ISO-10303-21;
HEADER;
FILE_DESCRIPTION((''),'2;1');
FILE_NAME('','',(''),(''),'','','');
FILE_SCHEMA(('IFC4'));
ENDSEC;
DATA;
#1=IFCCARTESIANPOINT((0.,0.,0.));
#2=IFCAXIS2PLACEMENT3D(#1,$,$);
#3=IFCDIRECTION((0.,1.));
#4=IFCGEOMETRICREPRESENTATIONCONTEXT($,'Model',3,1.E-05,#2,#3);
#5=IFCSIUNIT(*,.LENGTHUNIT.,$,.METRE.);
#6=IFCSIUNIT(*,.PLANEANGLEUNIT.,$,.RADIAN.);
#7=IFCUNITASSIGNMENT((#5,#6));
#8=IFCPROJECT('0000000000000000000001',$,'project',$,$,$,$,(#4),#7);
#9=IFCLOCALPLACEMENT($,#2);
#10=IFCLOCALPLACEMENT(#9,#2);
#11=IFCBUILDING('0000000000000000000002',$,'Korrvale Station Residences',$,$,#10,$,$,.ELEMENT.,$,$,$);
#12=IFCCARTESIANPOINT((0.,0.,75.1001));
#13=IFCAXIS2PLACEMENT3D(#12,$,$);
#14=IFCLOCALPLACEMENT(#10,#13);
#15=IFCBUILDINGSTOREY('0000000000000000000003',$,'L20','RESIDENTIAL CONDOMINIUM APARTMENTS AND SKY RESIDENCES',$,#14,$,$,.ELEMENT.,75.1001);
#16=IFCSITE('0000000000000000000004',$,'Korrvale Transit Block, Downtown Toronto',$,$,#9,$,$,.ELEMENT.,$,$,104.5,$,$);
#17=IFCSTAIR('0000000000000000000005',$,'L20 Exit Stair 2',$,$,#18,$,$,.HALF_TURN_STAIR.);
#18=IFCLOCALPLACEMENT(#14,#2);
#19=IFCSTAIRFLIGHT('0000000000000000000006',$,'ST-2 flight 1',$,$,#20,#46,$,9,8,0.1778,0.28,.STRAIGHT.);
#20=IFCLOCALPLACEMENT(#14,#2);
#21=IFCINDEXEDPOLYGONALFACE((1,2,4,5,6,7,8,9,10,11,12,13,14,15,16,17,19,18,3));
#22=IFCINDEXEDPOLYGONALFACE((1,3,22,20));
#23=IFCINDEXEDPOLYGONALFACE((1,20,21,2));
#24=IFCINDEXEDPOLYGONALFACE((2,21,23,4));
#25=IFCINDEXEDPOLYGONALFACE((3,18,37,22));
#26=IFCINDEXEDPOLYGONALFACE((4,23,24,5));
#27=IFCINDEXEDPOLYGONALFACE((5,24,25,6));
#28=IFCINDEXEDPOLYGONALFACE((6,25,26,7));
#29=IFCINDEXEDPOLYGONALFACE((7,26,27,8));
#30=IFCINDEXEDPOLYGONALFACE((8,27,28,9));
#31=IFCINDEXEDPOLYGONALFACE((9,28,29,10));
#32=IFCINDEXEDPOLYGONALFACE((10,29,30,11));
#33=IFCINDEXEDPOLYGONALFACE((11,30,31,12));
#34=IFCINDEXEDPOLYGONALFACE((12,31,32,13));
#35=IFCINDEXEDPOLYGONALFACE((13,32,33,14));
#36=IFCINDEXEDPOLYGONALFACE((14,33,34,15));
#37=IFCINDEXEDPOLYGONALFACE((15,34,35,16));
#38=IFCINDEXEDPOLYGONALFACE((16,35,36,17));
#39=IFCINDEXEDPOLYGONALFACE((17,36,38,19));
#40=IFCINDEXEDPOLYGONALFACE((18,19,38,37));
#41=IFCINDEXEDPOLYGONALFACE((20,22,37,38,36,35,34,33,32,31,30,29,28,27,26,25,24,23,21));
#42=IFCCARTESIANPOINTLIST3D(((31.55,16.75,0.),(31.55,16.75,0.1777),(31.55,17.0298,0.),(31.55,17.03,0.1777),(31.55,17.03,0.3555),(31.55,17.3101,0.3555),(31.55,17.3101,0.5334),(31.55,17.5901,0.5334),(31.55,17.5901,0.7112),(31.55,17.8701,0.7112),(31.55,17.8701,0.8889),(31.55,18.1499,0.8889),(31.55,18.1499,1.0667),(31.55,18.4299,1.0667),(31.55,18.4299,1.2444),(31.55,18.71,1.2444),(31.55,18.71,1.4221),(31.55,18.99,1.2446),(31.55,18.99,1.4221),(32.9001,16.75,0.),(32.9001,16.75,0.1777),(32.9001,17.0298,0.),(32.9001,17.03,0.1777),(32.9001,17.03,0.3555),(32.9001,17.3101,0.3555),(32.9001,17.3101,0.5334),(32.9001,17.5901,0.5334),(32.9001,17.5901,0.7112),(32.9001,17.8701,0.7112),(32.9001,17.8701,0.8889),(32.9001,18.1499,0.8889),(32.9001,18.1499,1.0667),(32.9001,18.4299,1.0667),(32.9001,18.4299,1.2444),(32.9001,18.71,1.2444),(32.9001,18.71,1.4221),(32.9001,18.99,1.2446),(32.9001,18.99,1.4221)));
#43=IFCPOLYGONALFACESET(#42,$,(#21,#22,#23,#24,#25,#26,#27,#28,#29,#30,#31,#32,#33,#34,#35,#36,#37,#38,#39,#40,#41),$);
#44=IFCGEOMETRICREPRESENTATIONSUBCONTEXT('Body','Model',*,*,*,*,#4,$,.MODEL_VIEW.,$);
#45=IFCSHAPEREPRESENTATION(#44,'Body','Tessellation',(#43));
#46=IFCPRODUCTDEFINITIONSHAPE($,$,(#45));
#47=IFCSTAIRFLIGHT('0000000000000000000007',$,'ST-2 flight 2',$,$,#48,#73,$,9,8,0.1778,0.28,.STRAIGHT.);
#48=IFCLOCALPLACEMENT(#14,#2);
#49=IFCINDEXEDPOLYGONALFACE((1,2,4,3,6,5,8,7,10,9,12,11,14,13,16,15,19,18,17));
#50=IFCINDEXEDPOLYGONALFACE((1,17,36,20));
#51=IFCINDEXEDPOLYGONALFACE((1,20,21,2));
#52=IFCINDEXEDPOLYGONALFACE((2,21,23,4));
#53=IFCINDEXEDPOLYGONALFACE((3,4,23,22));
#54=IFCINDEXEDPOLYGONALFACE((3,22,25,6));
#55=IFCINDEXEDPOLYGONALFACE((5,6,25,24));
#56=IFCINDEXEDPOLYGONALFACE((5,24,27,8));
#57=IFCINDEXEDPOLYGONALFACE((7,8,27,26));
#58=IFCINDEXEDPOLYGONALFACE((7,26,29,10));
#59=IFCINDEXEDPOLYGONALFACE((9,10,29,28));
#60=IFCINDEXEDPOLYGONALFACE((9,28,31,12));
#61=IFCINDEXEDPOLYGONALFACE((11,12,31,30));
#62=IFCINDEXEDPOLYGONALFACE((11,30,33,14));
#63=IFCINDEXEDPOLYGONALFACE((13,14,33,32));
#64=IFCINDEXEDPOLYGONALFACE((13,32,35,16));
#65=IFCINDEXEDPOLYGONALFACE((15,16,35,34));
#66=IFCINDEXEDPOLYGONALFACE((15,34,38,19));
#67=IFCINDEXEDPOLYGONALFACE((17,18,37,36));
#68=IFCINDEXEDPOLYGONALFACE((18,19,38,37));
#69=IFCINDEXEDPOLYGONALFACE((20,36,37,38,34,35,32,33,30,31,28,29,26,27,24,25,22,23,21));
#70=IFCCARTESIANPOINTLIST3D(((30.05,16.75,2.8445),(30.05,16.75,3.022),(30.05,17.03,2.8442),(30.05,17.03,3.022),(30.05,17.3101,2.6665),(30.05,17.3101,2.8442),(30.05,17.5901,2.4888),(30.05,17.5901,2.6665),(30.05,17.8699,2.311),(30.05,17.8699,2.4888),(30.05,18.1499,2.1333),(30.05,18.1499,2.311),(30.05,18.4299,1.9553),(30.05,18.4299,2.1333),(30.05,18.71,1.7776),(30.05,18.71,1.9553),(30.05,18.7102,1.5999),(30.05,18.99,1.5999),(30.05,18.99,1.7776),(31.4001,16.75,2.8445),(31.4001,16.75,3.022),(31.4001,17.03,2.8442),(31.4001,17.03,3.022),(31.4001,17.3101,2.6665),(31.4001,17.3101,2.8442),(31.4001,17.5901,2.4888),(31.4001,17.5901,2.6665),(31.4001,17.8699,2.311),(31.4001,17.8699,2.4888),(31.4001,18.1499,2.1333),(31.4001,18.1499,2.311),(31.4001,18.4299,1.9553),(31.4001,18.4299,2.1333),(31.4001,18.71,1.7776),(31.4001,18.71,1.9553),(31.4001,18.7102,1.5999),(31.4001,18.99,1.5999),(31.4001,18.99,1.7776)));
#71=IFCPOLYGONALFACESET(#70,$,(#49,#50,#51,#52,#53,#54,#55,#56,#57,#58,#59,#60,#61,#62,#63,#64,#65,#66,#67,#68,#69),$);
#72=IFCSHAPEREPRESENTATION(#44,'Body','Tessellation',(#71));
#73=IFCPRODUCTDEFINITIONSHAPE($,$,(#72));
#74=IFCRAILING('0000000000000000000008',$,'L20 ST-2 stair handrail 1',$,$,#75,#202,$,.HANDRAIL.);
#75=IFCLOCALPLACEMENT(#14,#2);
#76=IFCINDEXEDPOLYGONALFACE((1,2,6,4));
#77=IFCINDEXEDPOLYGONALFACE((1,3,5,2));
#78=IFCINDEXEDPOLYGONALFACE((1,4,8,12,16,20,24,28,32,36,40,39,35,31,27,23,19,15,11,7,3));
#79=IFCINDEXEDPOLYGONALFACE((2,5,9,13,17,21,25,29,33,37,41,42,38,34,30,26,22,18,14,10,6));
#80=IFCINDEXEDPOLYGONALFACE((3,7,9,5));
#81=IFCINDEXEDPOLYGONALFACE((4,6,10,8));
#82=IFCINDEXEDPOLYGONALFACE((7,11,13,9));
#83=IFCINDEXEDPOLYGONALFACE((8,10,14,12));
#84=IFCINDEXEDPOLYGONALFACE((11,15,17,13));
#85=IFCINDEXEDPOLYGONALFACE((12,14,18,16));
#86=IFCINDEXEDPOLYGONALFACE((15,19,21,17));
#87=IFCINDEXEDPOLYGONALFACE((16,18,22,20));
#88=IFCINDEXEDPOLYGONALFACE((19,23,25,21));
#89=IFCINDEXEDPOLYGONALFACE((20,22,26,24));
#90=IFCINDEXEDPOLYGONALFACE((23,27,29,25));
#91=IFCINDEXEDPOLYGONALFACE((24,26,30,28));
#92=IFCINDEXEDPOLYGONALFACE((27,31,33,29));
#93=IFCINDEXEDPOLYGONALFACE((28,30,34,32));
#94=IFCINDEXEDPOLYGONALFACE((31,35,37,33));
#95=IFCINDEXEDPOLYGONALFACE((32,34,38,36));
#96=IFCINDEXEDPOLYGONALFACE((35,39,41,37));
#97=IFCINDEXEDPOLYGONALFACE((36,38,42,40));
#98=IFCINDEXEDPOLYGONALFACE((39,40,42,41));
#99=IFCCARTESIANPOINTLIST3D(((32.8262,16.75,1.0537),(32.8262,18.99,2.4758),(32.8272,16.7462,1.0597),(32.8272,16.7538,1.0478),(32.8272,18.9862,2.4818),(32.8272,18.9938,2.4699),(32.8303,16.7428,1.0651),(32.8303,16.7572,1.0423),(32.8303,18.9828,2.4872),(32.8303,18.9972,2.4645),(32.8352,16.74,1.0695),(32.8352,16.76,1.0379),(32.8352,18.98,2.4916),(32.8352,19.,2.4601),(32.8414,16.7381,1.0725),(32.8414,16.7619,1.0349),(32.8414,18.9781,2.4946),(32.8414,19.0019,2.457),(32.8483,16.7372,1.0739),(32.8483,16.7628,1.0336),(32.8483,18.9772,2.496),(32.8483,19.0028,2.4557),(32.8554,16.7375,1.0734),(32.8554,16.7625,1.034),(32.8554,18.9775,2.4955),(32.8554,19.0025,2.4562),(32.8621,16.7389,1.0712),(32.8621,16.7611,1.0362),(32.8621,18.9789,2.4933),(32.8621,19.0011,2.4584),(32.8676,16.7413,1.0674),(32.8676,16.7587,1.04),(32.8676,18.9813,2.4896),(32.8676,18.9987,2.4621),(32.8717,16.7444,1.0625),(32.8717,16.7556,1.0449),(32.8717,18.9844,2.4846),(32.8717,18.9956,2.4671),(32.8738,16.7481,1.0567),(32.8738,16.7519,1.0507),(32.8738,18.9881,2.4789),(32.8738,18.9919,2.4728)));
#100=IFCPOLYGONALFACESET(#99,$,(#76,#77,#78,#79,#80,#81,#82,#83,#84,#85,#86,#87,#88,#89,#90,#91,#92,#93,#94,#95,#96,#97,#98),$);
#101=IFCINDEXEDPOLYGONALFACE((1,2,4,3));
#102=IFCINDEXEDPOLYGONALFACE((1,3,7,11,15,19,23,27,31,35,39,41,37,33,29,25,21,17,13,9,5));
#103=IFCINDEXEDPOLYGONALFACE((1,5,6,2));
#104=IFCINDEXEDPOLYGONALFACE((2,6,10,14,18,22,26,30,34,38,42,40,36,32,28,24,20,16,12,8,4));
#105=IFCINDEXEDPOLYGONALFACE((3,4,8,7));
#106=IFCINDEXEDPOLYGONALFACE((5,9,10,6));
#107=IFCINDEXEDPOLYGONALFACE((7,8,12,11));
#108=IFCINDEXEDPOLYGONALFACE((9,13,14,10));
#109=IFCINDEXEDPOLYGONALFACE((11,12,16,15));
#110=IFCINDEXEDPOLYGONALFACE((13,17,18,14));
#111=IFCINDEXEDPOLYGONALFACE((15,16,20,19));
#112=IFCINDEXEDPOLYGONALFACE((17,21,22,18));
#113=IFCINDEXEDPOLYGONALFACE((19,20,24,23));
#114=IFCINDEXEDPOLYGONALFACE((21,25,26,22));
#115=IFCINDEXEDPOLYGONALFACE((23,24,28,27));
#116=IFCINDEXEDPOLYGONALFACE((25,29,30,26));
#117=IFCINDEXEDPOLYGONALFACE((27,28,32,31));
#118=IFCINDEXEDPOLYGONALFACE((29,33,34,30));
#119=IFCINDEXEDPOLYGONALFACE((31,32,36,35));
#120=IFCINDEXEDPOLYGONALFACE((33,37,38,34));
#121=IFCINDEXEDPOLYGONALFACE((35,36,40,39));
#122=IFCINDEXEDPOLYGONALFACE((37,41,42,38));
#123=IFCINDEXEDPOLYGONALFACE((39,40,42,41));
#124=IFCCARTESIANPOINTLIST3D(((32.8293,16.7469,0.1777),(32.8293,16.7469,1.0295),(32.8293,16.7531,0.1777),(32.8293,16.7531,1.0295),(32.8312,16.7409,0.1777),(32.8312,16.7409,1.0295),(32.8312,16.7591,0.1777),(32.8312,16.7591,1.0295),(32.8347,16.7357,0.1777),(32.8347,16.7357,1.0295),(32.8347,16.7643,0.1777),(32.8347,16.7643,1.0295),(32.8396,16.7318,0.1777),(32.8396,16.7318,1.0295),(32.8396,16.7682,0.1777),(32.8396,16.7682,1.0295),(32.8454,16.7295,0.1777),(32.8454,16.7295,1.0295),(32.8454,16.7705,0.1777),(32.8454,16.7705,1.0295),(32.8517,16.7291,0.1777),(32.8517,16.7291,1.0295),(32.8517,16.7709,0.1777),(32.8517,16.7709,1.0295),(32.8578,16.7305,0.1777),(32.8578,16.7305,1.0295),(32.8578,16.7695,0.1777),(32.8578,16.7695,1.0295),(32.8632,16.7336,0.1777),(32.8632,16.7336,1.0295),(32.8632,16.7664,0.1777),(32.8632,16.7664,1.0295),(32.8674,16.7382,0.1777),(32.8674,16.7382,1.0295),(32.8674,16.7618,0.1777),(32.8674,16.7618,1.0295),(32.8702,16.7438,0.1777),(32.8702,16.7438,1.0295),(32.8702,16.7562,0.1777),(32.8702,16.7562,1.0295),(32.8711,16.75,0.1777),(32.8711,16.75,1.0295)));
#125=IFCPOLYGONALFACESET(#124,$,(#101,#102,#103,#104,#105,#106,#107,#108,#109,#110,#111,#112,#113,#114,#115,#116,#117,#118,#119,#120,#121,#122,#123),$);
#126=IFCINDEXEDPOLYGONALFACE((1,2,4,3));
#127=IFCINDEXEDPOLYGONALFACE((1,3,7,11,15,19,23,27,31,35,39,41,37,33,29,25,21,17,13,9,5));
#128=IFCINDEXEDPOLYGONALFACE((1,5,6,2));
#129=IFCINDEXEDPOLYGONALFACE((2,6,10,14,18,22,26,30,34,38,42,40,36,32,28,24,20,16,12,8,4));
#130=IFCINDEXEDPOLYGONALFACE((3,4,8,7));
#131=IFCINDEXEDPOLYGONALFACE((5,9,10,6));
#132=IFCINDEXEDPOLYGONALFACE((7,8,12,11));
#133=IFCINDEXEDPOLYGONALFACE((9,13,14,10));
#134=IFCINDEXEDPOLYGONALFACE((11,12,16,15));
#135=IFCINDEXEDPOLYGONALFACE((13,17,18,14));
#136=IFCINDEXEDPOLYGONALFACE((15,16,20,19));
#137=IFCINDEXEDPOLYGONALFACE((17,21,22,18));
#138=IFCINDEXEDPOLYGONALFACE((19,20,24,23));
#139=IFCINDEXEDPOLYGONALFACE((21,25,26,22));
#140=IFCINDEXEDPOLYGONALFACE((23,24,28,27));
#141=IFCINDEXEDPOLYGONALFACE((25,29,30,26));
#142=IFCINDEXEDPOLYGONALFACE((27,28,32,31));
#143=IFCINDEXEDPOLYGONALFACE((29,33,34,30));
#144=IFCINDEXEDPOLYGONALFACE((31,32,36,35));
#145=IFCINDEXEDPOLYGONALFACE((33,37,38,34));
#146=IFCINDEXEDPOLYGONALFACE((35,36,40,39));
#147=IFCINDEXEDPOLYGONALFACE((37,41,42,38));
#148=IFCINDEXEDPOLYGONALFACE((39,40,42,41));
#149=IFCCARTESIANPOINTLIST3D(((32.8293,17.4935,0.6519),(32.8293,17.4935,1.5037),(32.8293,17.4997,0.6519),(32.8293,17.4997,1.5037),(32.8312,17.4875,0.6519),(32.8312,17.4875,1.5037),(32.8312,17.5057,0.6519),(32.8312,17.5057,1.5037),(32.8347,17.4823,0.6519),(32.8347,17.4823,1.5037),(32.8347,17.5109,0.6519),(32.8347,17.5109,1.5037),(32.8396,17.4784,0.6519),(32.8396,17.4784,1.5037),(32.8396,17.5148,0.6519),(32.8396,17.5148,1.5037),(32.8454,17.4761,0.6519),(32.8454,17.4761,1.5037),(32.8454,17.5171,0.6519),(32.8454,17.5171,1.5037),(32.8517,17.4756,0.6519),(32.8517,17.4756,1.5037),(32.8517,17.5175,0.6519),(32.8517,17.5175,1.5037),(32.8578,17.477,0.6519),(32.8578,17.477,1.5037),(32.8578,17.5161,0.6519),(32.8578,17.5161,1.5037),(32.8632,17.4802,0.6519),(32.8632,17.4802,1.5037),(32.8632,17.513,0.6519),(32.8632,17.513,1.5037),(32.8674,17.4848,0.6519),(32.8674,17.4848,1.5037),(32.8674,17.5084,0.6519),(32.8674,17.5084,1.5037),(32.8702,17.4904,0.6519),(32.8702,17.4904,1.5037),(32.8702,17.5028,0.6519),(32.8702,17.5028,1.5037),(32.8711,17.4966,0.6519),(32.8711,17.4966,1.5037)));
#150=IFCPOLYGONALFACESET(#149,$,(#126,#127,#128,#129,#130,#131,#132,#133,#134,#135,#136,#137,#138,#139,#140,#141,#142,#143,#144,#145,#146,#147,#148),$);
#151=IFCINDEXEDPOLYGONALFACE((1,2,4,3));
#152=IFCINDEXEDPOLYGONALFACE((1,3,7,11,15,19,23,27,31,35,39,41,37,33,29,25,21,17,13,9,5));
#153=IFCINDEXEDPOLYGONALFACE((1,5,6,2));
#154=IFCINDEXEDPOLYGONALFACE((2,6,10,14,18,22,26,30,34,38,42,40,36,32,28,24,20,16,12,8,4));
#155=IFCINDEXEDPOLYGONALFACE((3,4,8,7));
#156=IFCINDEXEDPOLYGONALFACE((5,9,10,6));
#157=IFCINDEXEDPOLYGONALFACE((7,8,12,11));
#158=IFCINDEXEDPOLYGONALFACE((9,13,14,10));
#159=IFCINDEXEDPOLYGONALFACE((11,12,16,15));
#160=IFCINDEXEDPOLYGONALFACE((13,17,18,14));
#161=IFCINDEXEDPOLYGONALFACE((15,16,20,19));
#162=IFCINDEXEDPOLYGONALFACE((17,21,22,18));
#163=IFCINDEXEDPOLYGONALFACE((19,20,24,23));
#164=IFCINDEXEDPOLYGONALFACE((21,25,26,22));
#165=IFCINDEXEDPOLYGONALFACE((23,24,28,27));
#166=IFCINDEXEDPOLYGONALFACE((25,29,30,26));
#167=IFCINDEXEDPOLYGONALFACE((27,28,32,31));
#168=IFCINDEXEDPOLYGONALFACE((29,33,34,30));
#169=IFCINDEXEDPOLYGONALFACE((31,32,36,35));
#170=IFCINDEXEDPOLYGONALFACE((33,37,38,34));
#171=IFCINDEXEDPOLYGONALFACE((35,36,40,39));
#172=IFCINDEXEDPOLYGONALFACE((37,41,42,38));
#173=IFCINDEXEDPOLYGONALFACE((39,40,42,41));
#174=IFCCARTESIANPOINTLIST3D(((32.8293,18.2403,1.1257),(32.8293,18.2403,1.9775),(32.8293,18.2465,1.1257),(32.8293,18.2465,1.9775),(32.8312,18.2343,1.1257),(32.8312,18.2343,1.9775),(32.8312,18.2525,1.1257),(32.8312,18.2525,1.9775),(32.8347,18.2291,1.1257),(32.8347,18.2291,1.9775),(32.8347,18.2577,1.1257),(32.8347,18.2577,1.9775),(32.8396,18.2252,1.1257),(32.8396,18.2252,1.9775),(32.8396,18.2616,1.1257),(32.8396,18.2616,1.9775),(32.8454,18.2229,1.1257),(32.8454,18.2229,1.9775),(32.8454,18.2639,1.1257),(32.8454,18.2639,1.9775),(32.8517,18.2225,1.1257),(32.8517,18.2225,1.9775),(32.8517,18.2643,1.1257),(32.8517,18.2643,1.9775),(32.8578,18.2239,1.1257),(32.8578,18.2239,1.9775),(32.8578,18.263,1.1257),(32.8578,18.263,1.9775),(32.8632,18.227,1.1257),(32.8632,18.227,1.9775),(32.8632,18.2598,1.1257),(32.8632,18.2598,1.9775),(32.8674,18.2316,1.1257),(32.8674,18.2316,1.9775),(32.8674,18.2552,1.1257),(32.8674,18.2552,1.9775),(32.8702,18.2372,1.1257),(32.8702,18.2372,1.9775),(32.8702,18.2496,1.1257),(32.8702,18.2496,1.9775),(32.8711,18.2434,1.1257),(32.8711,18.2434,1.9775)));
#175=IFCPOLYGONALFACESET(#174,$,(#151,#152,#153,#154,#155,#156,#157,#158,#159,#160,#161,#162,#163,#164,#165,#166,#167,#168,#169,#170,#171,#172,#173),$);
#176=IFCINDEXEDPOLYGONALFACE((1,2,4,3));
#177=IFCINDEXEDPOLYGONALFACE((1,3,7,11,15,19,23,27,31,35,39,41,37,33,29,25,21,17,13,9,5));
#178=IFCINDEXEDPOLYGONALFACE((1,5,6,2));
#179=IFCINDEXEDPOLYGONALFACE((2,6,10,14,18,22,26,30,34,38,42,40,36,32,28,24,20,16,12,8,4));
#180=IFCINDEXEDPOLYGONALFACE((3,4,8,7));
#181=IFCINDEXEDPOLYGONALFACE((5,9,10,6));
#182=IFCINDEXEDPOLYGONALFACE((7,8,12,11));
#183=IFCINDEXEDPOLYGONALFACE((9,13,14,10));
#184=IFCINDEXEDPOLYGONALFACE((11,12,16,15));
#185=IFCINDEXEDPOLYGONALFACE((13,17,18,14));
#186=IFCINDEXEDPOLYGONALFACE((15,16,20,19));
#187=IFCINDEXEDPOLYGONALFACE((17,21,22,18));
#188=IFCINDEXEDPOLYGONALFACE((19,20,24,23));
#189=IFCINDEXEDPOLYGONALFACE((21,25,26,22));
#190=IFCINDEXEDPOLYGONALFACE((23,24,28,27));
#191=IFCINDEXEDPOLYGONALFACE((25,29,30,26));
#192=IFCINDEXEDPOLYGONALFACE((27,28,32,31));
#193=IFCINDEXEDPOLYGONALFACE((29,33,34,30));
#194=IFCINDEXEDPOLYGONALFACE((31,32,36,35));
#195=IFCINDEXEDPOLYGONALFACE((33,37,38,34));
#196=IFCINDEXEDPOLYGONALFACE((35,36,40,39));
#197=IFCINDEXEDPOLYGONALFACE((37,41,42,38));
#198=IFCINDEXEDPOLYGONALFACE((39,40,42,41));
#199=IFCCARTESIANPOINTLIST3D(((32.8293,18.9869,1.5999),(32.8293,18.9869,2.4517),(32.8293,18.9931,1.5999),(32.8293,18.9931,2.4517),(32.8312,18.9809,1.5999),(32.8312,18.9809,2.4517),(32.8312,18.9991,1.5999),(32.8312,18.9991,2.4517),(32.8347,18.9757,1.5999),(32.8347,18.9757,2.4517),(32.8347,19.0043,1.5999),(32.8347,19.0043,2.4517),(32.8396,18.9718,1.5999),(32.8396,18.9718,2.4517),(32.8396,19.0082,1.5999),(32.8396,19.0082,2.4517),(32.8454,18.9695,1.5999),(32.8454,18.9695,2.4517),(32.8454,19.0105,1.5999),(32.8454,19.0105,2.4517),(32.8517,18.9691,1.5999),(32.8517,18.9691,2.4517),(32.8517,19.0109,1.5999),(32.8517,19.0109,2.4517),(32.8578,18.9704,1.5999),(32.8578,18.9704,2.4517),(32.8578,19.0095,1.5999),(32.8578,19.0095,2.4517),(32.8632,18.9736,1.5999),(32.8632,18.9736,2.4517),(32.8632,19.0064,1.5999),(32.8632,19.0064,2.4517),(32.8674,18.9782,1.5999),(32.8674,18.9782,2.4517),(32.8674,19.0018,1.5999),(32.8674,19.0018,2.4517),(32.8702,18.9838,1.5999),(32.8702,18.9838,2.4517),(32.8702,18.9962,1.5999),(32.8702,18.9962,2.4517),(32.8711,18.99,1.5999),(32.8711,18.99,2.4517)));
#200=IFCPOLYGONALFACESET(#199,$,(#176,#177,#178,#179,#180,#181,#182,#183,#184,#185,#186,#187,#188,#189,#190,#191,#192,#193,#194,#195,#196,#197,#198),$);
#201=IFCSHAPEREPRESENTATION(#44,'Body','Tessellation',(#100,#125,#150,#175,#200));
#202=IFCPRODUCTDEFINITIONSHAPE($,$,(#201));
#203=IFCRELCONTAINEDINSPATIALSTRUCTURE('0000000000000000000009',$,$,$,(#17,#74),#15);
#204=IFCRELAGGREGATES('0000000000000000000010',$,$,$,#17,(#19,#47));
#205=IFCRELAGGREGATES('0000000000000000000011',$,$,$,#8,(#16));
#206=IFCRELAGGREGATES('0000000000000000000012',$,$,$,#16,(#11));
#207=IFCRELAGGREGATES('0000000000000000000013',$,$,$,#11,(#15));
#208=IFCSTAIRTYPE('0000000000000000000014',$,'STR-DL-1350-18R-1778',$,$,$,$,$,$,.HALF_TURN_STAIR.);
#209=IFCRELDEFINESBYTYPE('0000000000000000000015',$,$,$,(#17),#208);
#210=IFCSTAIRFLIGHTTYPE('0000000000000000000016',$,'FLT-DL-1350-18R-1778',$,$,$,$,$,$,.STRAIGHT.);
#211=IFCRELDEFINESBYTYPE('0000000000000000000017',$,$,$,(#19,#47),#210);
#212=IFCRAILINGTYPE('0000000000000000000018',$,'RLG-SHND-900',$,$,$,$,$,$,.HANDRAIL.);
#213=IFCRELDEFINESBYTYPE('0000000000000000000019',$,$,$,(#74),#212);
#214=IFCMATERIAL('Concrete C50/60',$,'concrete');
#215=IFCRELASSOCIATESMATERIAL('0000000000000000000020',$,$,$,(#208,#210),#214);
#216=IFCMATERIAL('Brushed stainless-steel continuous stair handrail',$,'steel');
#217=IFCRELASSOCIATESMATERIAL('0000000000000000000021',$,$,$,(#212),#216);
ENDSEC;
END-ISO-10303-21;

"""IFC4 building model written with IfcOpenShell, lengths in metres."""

from ifc_helpers import new_model, si_unit, direction, frame, origin, origin_2d, place, context, subcontext, project, spatial, polyline, circle, outline, extrude, material, type_object, element, aggregate, save


model = new_model("IFC4")

# Units and contexts
model_context = context("Model", 3, precision=1e-05, world=origin(), true_north=direction((0.0, 1.0)))
body_context = subcontext(model_context, "Body", "Model", "MODEL_VIEW")
ifc_project = project(units=[si_unit("LENGTHUNIT", "METRE"), si_unit("PLANEANGLEUNIT", "RADIAN")], contexts=[model_context])

# Site, building, storey
site_placement = place(None, origin())
site = spatial("IfcSite", under=ifc_project, at=site_placement, Name="Korrvale Transit Block, Downtown Toronto", CompositionType="ELEMENT", RefElevation=104.5)
building_placement = place(site_placement, origin())
building = spatial("IfcBuilding", under=site, at=building_placement, Name="Korrvale Station Residences", CompositionType="ELEMENT")
storey_placement = place(building_placement, frame((0.0, 0.0, 75.1001)))
storey = spatial("IfcBuildingStorey", under=building, at=storey_placement, Name="L20", Description="RESIDENTIAL CONDOMINIUM APARTMENTS AND SKY RESIDENCES", CompositionType="ELEMENT", Elevation=75.1001)

# Stair, stair flights
ifc_material_1 = material(Name="Concrete C50/60", Category="concrete")
stair_type = type_object("IfcStairType", Name="STR-DL-1350-18R-1778", PredefinedType="HALF_TURN_STAIR", material=ifc_material_1)
stair_placement = place(storey_placement, origin())
stair = element("IfcStair", 1, at=stair_placement, inside=storey, type_object=stair_type, Name="L20 Exit Stair 2", PredefinedType="HALF_TURN_STAIR")
stair_flight_type = type_object("IfcStairFlightType", Name="FLT-DL-1350-18R-1778", PredefinedType="STRAIGHT", material=ifc_material_1)
stair_flight_1_placement = place(storey_placement, frame((32.2251, 16.75, 0.0), z_axis=(0.0, 0.0, 1.0), x_axis=(0.0, 1.0, 0.0)))
stair_flight_1 = element("IfcStairFlight", 2, at=stair_flight_1_placement, type_object=stair_flight_type, Name="ST-2 flight 1", NumberOfRisers=9, NumberOfTreads=8, PredefinedType="STRAIGHT", RiserHeight=0.1778, TreadLength=0.28, context=body_context, shape_type="SweptSolid", body=[
    extrude(outline(polyline([(0.0, 0.0), (0.0, 0.1777), (0.28, 0.1777), (0.28, 0.3555), (0.5601, 0.3555), (0.5601, 0.5334), (0.8401, 0.5334), (0.8401, 0.7112), (1.1201, 0.7112), (1.1201, 0.8889), (1.3999, 0.8889), (1.3999, 1.0667), (1.6799, 1.0667), (1.6799, 1.2444), (1.96, 1.2444), (1.96, 1.4221), (2.24, 1.4221), (2.24, 1.6001), (2.24, 1.2446), (0.2798, 0.0), (0.0, 0.0)])), frame((0.0, 0.675, 0.0), z_axis=(0.0, -1.0, 0.0), x_axis=(1.0, 0.0, 0.0)), (0.0, 0.0, 1.0), 1.3501),
])
stair_flight_2_placement = place(storey_placement, frame((30.7251, 18.99, 1.5999), z_axis=(0.0, 0.0, 1.0), x_axis=(0.0, -1.0, 0.0)))
stair_flight_2 = element("IfcStairFlight", 3, at=stair_flight_2_placement, type_object=stair_flight_type, Name="ST-2 flight 2", NumberOfRisers=9, NumberOfTreads=8, PredefinedType="STRAIGHT", RiserHeight=0.1778, TreadLength=0.28, context=body_context, shape_type="SweptSolid", body=[
    extrude(outline(polyline([(0.0, 0.0), (0.0, 0.1777), (0.28, 0.1777), (0.28, 0.3555), (0.5601, 0.3555), (0.5601, 0.5334), (0.8401, 0.5334), (0.8401, 0.7112), (1.1201, 0.7112), (1.1201, 0.8889), (1.3999, 0.8889), (1.3999, 1.0667), (1.6799, 1.0667), (1.6799, 1.2444), (1.96, 1.2444), (1.96, 1.4221), (2.24, 1.4221), (2.24, 1.6001), (2.24, 1.2446), (0.2798, 0.0), (0.0, 0.0)])), frame((0.0, 0.675, 0.0), z_axis=(0.0, -1.0, 0.0), x_axis=(1.0, 0.0, 0.0)), (0.0, 0.0, 1.0), 1.3501),
])
aggregate(stair, [stair_flight_1, stair_flight_2])

# Railing
ifc_material_2 = material(Name="Brushed stainless-steel continuous stair handrail", Category="steel")
railing_type_1 = type_object("IfcRailingType", Name="RLG-SHND-900", PredefinedType="HANDRAIL", material=ifc_material_2)
railing_1_placement = place(storey_placement, frame((32.8501, 16.75, 0.1777)))
element("IfcRailing", 4, at=railing_1_placement, inside=storey, type_object=railing_type_1, Name="L20 ST-2 stair handrail 1", PredefinedType="HANDRAIL", context=body_context, shape_type="SweptSolid", body=[
    extrude(circle(Radius=0.0239, at=origin_2d()), frame((0.0, 0.0, 0.876), z_axis=(0.0, 0.844229, 0.535982), x_axis=(-1.0, 0.0, 0.0)), (0.0, 0.0, 1.0), 2.6533),
    extrude(circle(Radius=0.021, at=origin_2d()), origin(), (0.0, 0.0, 1.0), 0.8518),
    extrude(circle(Radius=0.021, at=origin_2d()), frame((0.0, 0.7466, 0.4741)), (0.0, 0.0, 1.0), 0.8518),
    extrude(circle(Radius=0.021, at=origin_2d()), frame((0.0, 1.4934, 0.948)), (0.0, 0.0, 1.0), 0.8518),
    extrude(circle(Radius=0.021, at=origin_2d()), frame((0.0, 2.24, 1.4221)), (0.0, 0.0, 1.0), 0.8518),
])

save(model, "model.ifc")
